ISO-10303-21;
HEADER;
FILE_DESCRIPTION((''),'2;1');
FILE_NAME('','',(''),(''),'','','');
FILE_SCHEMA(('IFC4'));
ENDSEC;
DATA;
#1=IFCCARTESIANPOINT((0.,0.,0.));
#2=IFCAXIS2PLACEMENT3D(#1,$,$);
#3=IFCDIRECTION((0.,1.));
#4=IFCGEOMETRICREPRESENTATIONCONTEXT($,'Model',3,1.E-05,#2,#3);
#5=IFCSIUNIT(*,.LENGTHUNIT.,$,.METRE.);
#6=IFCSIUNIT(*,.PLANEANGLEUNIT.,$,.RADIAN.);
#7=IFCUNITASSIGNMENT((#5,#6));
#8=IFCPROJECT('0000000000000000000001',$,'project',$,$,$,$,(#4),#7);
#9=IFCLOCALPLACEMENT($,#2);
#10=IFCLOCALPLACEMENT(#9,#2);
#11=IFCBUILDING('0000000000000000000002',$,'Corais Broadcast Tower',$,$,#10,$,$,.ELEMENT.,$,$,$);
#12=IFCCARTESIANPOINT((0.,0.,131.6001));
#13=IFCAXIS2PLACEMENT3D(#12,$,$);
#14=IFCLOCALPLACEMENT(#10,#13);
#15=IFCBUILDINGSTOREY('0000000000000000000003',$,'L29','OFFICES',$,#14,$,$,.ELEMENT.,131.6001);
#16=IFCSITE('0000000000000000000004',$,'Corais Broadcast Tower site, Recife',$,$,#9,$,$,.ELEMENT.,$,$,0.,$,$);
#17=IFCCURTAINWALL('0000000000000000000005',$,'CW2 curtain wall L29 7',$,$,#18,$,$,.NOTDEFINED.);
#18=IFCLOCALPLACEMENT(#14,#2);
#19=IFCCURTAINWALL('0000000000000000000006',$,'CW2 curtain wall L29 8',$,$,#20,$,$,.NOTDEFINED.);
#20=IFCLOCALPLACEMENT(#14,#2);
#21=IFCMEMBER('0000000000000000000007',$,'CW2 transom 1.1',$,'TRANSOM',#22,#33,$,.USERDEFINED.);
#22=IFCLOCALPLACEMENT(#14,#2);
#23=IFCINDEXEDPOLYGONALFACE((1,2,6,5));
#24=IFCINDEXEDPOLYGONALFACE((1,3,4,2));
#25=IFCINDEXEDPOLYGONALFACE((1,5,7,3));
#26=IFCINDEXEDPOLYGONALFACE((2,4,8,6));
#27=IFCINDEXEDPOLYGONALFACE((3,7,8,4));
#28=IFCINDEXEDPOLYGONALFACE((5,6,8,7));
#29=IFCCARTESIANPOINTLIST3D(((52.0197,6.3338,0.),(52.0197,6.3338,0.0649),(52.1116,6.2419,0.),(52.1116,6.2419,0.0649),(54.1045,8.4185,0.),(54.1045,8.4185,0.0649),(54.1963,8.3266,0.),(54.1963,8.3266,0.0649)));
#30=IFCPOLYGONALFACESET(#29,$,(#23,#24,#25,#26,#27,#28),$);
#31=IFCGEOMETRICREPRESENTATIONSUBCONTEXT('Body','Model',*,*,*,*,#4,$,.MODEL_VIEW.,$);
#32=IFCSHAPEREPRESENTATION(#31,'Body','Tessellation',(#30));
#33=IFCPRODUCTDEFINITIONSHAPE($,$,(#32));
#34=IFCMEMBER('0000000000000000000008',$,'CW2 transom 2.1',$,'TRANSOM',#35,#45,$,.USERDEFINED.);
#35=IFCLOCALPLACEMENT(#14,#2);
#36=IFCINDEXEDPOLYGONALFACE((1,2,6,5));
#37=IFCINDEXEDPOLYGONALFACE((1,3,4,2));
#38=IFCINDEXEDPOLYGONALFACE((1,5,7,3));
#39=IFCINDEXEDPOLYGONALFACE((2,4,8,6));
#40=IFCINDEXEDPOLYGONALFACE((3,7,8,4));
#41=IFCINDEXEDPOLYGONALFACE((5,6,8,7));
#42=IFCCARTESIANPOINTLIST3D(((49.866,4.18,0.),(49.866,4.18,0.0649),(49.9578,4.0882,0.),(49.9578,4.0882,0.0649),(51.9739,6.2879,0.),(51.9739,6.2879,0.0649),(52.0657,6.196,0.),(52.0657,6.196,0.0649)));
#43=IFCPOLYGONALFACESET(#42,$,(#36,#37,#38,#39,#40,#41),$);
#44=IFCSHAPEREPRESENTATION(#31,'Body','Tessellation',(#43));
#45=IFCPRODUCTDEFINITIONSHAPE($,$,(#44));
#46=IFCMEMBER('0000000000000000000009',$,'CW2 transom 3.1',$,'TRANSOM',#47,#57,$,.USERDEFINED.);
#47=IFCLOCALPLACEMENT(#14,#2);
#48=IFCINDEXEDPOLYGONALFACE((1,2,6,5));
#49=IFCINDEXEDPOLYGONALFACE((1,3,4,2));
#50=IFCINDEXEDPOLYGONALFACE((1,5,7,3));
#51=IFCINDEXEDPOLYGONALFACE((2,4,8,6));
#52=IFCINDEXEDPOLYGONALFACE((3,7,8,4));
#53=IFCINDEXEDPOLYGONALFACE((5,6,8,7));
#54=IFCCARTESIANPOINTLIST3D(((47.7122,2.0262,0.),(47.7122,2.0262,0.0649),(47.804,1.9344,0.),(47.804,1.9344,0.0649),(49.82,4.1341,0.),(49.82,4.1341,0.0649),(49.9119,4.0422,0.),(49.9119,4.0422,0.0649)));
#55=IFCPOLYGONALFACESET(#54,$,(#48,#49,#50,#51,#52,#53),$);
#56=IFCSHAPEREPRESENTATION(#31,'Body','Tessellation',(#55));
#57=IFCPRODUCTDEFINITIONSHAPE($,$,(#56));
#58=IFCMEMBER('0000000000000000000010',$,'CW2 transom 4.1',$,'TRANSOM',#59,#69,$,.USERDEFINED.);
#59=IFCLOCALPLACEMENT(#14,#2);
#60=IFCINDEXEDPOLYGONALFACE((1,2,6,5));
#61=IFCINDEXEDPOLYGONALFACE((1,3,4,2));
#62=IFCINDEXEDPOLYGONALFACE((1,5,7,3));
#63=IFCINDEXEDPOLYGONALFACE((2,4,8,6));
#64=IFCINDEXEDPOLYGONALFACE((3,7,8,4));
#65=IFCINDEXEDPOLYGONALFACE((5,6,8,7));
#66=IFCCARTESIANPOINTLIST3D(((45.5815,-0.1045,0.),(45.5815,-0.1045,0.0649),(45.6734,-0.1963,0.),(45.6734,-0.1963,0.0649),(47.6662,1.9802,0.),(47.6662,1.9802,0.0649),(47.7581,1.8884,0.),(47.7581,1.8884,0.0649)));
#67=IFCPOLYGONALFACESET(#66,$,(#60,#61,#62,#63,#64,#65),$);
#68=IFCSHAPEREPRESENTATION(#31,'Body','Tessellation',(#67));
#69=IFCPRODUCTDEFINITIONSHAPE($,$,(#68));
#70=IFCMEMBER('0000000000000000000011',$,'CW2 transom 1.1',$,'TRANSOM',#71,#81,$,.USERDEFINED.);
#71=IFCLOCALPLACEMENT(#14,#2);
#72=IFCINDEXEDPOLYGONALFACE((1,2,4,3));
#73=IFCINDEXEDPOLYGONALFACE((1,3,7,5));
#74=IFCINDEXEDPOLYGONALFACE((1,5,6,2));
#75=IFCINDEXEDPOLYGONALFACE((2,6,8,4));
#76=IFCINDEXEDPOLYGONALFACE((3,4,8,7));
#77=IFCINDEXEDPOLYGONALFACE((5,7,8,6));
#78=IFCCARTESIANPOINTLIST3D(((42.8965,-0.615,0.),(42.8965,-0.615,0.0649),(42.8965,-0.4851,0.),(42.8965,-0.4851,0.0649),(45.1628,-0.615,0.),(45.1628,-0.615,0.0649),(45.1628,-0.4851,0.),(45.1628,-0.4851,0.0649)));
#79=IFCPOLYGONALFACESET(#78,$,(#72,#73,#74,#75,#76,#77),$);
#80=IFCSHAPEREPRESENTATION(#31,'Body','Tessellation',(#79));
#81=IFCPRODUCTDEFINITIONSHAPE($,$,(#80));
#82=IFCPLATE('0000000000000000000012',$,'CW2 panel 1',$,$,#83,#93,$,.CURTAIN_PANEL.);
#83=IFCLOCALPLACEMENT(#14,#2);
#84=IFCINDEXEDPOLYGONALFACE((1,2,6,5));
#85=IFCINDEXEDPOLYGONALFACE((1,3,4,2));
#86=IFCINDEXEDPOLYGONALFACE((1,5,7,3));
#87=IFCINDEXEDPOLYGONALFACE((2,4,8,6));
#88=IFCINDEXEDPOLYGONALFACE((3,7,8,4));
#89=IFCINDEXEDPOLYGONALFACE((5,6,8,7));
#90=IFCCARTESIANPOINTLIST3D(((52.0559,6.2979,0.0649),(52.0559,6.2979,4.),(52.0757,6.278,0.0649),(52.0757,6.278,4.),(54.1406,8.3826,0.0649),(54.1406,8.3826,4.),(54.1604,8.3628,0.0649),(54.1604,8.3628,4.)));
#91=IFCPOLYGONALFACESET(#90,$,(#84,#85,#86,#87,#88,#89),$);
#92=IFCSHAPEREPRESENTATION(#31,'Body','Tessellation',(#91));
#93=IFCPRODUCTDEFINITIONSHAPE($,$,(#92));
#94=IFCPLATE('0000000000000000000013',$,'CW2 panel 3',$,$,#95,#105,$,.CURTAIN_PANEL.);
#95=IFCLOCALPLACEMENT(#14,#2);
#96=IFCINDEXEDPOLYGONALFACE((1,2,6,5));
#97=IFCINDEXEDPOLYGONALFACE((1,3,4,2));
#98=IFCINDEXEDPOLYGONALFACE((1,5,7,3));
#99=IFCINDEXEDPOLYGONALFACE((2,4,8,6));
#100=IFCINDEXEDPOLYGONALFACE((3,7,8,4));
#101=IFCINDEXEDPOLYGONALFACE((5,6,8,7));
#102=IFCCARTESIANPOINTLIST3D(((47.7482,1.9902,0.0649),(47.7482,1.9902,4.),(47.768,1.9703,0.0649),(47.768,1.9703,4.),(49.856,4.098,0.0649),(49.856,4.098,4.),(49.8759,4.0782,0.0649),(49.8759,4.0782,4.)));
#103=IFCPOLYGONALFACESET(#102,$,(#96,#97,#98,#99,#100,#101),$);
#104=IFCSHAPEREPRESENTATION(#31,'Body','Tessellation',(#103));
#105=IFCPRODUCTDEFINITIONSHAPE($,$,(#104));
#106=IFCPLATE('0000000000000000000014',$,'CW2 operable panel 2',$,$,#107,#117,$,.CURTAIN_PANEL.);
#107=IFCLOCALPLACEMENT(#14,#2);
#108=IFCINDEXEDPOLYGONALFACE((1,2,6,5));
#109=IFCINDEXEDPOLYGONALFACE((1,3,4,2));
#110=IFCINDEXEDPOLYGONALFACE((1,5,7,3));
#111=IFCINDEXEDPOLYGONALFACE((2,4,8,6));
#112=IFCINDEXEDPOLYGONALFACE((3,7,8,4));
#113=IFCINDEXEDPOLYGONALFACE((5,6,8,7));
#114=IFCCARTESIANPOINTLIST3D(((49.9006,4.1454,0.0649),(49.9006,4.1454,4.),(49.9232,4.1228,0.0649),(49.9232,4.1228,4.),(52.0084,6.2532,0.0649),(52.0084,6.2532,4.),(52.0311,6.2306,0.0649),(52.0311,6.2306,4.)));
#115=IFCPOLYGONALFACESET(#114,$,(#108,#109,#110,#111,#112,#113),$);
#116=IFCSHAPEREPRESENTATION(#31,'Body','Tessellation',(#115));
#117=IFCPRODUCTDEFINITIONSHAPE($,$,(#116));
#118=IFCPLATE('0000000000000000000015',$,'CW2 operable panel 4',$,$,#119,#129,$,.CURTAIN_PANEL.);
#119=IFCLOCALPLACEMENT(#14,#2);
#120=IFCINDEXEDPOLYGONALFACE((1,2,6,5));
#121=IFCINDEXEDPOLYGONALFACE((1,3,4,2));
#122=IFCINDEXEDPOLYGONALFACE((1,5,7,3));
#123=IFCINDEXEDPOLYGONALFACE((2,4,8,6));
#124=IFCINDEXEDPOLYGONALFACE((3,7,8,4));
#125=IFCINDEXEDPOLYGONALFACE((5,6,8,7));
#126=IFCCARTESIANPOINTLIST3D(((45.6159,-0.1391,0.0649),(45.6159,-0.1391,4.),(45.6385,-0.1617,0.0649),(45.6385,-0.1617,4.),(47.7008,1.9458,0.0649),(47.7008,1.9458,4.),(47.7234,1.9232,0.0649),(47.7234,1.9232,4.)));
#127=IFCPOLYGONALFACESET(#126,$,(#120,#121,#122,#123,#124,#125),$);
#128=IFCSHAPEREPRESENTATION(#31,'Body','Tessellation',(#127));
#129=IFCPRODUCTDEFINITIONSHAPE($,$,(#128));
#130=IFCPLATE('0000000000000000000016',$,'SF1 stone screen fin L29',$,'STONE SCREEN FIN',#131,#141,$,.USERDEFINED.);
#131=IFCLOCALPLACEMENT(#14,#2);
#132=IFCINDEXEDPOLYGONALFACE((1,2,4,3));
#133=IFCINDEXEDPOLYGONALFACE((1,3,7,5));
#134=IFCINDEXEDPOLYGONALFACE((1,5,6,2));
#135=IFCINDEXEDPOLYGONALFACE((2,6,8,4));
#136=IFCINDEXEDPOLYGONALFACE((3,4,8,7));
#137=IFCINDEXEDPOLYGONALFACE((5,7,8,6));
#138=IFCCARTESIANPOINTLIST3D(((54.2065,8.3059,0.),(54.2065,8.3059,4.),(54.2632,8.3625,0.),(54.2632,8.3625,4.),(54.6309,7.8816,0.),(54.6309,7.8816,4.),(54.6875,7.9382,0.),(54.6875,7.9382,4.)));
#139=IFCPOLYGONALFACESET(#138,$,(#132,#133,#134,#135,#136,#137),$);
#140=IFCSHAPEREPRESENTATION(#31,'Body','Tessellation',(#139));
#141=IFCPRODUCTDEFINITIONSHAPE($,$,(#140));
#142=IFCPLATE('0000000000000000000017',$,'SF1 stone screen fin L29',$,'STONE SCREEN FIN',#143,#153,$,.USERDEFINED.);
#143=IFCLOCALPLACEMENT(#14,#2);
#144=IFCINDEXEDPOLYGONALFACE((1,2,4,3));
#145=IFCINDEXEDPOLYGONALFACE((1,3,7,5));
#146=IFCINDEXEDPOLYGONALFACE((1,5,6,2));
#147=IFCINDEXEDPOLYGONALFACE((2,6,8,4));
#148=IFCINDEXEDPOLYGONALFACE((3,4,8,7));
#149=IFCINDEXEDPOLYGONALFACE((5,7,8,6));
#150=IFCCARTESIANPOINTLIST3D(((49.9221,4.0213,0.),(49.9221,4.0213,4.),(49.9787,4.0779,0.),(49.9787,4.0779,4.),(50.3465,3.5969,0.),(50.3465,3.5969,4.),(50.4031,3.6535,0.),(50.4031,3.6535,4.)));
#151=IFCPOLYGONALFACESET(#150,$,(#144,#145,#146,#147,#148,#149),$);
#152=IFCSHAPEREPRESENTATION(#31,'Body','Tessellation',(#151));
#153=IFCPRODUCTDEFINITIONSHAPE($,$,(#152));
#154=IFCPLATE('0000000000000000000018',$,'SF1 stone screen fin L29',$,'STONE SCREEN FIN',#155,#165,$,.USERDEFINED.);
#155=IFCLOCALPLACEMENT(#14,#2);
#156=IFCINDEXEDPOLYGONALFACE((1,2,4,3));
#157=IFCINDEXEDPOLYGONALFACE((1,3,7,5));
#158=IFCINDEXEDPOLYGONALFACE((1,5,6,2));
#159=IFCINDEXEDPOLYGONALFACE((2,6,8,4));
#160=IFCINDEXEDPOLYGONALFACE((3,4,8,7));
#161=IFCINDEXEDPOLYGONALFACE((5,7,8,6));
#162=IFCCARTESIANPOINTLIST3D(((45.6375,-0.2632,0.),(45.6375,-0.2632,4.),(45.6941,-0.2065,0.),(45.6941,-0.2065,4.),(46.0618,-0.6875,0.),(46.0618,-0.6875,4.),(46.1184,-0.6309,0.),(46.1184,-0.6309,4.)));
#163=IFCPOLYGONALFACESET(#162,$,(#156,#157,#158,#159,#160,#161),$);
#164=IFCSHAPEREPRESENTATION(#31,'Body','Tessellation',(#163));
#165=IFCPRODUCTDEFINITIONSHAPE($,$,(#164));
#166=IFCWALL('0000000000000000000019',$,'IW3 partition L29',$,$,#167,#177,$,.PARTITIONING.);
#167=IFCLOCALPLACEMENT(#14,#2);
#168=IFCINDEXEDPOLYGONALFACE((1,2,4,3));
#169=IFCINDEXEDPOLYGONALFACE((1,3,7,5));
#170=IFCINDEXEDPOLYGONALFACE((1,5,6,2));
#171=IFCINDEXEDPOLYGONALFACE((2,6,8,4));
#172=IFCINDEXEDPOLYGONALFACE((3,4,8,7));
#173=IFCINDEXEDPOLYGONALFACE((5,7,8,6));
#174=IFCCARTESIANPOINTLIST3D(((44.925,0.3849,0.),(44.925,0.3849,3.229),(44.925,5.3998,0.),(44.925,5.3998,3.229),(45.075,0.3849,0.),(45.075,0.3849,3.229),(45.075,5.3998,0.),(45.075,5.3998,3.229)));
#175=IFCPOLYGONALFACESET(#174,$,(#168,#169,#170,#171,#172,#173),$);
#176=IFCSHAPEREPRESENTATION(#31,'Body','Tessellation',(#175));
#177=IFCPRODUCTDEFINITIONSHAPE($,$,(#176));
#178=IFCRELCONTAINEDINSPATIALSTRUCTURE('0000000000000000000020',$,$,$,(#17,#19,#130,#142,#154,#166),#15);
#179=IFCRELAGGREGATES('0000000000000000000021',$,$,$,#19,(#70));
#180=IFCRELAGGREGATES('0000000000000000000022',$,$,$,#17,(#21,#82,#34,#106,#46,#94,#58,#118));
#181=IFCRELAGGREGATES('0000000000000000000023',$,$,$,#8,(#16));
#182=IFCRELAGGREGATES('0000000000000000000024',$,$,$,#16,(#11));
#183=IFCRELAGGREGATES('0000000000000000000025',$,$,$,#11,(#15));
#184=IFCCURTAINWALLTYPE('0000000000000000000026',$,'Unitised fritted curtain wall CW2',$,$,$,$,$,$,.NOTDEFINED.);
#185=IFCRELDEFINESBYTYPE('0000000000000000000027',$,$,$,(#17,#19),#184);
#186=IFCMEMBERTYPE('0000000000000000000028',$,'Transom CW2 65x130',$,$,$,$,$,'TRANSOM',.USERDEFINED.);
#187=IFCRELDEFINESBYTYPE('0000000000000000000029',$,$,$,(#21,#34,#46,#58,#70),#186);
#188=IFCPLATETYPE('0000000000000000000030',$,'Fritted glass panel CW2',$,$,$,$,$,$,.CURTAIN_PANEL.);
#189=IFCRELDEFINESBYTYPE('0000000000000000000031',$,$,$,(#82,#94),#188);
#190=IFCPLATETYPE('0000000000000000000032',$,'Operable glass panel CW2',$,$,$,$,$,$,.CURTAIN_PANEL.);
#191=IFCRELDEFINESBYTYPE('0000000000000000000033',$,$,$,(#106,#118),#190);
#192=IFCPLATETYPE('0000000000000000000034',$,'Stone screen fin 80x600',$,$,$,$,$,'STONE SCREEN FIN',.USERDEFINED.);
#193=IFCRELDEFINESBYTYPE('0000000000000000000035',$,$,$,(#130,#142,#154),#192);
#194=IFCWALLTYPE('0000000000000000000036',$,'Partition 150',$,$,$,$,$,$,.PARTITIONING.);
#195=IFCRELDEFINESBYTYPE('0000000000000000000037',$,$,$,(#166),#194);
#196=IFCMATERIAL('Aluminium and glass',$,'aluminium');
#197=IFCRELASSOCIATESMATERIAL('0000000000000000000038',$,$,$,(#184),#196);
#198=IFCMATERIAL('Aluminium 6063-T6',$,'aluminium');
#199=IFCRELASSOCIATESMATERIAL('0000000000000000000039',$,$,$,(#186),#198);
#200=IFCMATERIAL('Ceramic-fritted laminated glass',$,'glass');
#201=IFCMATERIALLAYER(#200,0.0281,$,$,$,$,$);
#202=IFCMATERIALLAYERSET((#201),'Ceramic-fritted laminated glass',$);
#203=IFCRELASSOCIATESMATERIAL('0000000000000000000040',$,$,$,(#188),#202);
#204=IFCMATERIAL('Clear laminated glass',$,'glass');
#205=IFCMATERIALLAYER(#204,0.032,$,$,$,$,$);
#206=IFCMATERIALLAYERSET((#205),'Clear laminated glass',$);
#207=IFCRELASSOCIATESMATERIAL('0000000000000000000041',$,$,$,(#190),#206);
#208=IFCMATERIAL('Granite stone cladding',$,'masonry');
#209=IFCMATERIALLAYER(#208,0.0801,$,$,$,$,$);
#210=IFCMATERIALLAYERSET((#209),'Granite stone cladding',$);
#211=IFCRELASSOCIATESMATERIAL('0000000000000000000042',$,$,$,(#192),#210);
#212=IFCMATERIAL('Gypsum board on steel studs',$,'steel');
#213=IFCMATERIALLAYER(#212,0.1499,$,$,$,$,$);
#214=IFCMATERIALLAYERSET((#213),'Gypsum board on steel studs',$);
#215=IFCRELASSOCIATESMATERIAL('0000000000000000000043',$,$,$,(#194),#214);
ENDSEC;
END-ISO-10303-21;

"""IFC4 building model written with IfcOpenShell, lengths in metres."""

from ifc_helpers import new_model, si_unit, direction, frame, frame_2d, origin, origin_2d, place, context, subcontext, project, spatial, rectangle, extrude, material, layer, layer_set, material_profile, profile_set, type_object, element, aggregate, save


model = new_model("IFC4")

# Units and contexts
model_context = context("Model", 3, precision=1e-05, world=origin(), true_north=direction((0.0, 1.0)))
body_context = subcontext(model_context, "Body", "Model", "MODEL_VIEW")
ifc_project = project(units=[si_unit("LENGTHUNIT", "METRE"), si_unit("PLANEANGLEUNIT", "RADIAN")], contexts=[model_context])

# Site, building, storey
site_placement = place(None, origin())
site = spatial("IfcSite", under=ifc_project, at=site_placement, Name="Corais Broadcast Tower site, Recife", CompositionType="ELEMENT", RefElevation=0.0)
building_placement = place(site_placement, origin())
building = spatial("IfcBuilding", under=site, at=building_placement, Name="Corais Broadcast Tower", CompositionType="ELEMENT")
storey_placement = place(building_placement, frame((0.0, 0.0, 131.6001)))
storey = spatial("IfcBuildingStorey", under=building, at=storey_placement, Name="L29", Description="OFFICES", CompositionType="ELEMENT", Elevation=131.6001)

# Shared definitions
ifc_material_1 = material(Name="Aluminium and glass", Category="aluminium")
curtain_wall_type = type_object("IfcCurtainWallType", Name="Unitised fritted curtain wall CW2", PredefinedType="NOTDEFINED", material=ifc_material_1)

# Curtain wall
curtain_wall_1_placement = place(storey_placement, origin())
curtain_wall_1 = element("IfcCurtainWall", 1, at=curtain_wall_1_placement, inside=storey, type_object=curtain_wall_type, Name="CW2 curtain wall L29 7", PredefinedType="NOTDEFINED")

# Curtain wall
curtain_wall_2_placement = place(storey_placement, origin())
curtain_wall_2 = element("IfcCurtainWall", 2, at=curtain_wall_2_placement, inside=storey, type_object=curtain_wall_type, Name="CW2 curtain wall L29 8", PredefinedType="NOTDEFINED")

# Members
ifc_material_2 = material(Name="Aluminium 6063-T6", Category="aluminium")
ifc_material_profile_1 = material_profile(ifc_material_2, rectangle(XDim=0.1299, YDim=0.0649, at=origin_2d()), Name="Transom CW2 65x130")
ifc_profile_set_1 = profile_set([ifc_material_profile_1], Name="Aluminium 6063-T6")
member_type_1 = type_object("IfcMemberType", Name="Transom CW2 65x130", ElementType="TRANSOM", PredefinedType="USERDEFINED", material=ifc_profile_set_1)
member_1_placement = place(storey_placement, frame((54.1504, 8.3726, 0.0325), z_axis=(-0.707107, -0.707107, 0.0), x_axis=(0.707107, -0.707107, 0.0)))
member_1 = element("IfcMember", 3, at=member_1_placement, type_object=member_type_1, Name="CW2 transom 1.1", ObjectType="TRANSOM", PredefinedType="USERDEFINED", context=body_context, shape_type="SweptSolid", body=[
    extrude(rectangle(XDim=0.1299, YDim=0.0649, at=origin_2d()), origin(), (0.0, 0.0, 1.0), 2.9482),
])
member_2_placement = place(storey_placement, frame((52.0198, 6.2419, 0.0325), z_axis=(-0.707107, -0.707107, 0.0), x_axis=(0.707107, -0.707107, 0.0)))
member_2 = element("IfcMember", 4, at=member_2_placement, type_object=member_type_1, Name="CW2 transom 2.1", ObjectType="TRANSOM", PredefinedType="USERDEFINED", context=body_context, shape_type="SweptSolid", body=[
    extrude(rectangle(XDim=0.1299, YDim=0.0649, at=origin_2d()), origin(), (0.0, 0.0, 1.0), 2.981),
])
member_3_placement = place(storey_placement, frame((49.866, 4.0881, 0.0325), z_axis=(-0.707107, -0.707107, 0.0), x_axis=(0.707107, -0.707107, 0.0)))
member_3 = element("IfcMember", 5, at=member_3_placement, type_object=member_type_1, Name="CW2 transom 3.1", ObjectType="TRANSOM", PredefinedType="USERDEFINED", context=body_context, shape_type="SweptSolid", body=[
    extrude(rectangle(XDim=0.1299, YDim=0.0649, at=origin_2d()), origin(), (0.0, 0.0, 1.0), 2.981),
])
member_4_placement = place(storey_placement, frame((47.7122, 1.9343, 0.0325), z_axis=(-0.707107, -0.707107, 0.0), x_axis=(0.707107, -0.707107, 0.0)))
member_4 = element("IfcMember", 6, at=member_4_placement, type_object=member_type_1, Name="CW2 transom 4.1", ObjectType="TRANSOM", PredefinedType="USERDEFINED", context=body_context, shape_type="SweptSolid", body=[
    extrude(rectangle(XDim=0.1299, YDim=0.0649, at=origin_2d()), origin(), (0.0, 0.0, 1.0), 2.9482),
])
member_5_placement = place(storey_placement, frame((45.1628, -0.55, 0.0325), z_axis=(-1.0, 0.0, 0.0), x_axis=(0.0, -1.0, 0.0)))
member_5 = element("IfcMember", 7, at=member_5_placement, type_object=member_type_1, Name="CW2 transom 1.1", ObjectType="TRANSOM", PredefinedType="USERDEFINED", context=body_context, shape_type="SweptSolid", body=[
    extrude(rectangle(XDim=0.1299, YDim=0.0649, at=origin_2d()), origin(), (0.0, 0.0, 1.0), 2.2664),
])
aggregate(curtain_wall_2, [member_5])

# Plates
ifc_material_3 = material(Name="Ceramic-fritted laminated glass", Category="glass")
ifc_layer_1 = layer(ifc_material_3, 0.0281)
ifc_layer_set_1 = layer_set([ifc_layer_1], Name="Ceramic-fritted laminated glass")
plate_type_1 = type_object("IfcPlateType", Name="Fritted glass panel CW2", PredefinedType="CURTAIN_PANEL", material=ifc_layer_set_1)
plate_1_placement = place(storey_placement, frame((53.1082, 7.3303, 0.0649), z_axis=(0.0, 0.0, 1.0), x_axis=(-0.707107, -0.707107, 0.0)))
plate_1 = element("IfcPlate", 8, at=plate_1_placement, type_object=plate_type_1, Name="CW2 panel 1", PredefinedType="CURTAIN_PANEL", context=body_context, shape_type="SweptSolid", body=[
    extrude(rectangle(XDim=2.9482, YDim=0.0281, at=origin_2d()), origin(), (0.0, 0.0, 1.0), 3.9351),
])
plate_2_placement = place(storey_placement, frame((48.812, 3.0342, 0.0649), z_axis=(0.0, 0.0, 1.0), x_axis=(-0.707107, -0.707107, 0.0)))
plate_2 = element("IfcPlate", 9, at=plate_2_placement, type_object=plate_type_1, Name="CW2 panel 3", PredefinedType="CURTAIN_PANEL", context=body_context, shape_type="SweptSolid", body=[
    extrude(rectangle(XDim=2.981, YDim=0.0281, at=origin_2d()), origin(), (0.0, 0.0, 1.0), 3.9351),
])
ifc_material_4 = material(Name="Clear laminated glass", Category="glass")
ifc_layer_2 = layer(ifc_material_4, 0.032)
ifc_layer_set_2 = layer_set([ifc_layer_2], Name="Clear laminated glass")
plate_type_2 = type_object("IfcPlateType", Name="Operable glass panel CW2", PredefinedType="CURTAIN_PANEL", material=ifc_layer_set_2)
plate_3_placement = place(storey_placement, frame((50.9658, 5.188, 0.0649), z_axis=(0.0, 0.0, 1.0), x_axis=(-0.707107, -0.707107, 0.0)))
plate_3 = element("IfcPlate", 10, at=plate_3_placement, type_object=plate_type_2, Name="CW2 operable panel 2", PredefinedType="CURTAIN_PANEL", context=body_context, shape_type="SweptSolid", body=[
    extrude(rectangle(XDim=2.981, YDim=0.032, at=origin_2d()), origin(), (0.0, 0.0, 1.0), 3.9351),
])
plate_4_placement = place(storey_placement, frame((46.6697, 0.8921, 0.0649), z_axis=(0.0, 0.0, 1.0), x_axis=(-0.707107, -0.707107, 0.0)))
plate_4 = element("IfcPlate", 11, at=plate_4_placement, type_object=plate_type_2, Name="CW2 operable panel 4", PredefinedType="CURTAIN_PANEL", context=body_context, shape_type="SweptSolid", body=[
    extrude(rectangle(XDim=2.9485, YDim=0.032, at=origin_2d()), origin(), (0.0, 0.0, 1.0), 3.9351),
])
aggregate(curtain_wall_1, [member_1, plate_1, member_2, plate_3, member_3, plate_2, member_4, plate_4])

# Plates
ifc_material_5 = material(Name="Granite stone cladding", Category="masonry")
ifc_layer_3 = layer(ifc_material_5, 0.0801)
ifc_layer_set_3 = layer_set([ifc_layer_3], Name="Granite stone cladding")
plate_type_3 = type_object("IfcPlateType", Name="Stone screen fin 80x600", ElementType="STONE SCREEN FIN", PredefinedType="USERDEFINED", material=ifc_layer_set_3)
for number, where, z_axis, x_axis, name in (
    (12, (54.447, 8.1221, 0.0), (0.0, 0.0, 1.0), (-0.707107, -0.707107, 0.0), "SF1 stone screen fin L29"),
    (13, (50.1626, 3.8374, 0.0), (0.0, 0.0, 1.0), (-0.707107, -0.707107, 0.0), "SF1 stone screen fin L29"),
    (14, (45.8779, -0.447, 0.0), (0.0, 0.0, 1.0), (-0.707107, -0.707107, 0.0), "SF1 stone screen fin L29"),
):
    element("IfcPlate", number, at=place(storey_placement, frame(where, z_axis=z_axis, x_axis=x_axis)), inside=storey, type_object=plate_type_3, Name=name, ObjectType="STONE SCREEN FIN", PredefinedType="USERDEFINED", context=body_context, shape_type="SweptSolid", body=[
        extrude(rectangle(XDim=0.0801, YDim=0.6001, at=origin_2d()), origin(), (0.0, 0.0, 1.0), 4.0),
    ])

# Wall
ifc_material_6 = material(Name="Gypsum board on steel studs", Category="steel")
ifc_layer_4 = layer(ifc_material_6, 0.1499)
ifc_layer_set_4 = layer_set([ifc_layer_4], Name="Gypsum board on steel studs")
wall_type = type_object("IfcWallType", Name="Partition 150", PredefinedType="PARTITIONING", material=ifc_layer_set_4)
wall_1_placement = place(storey_placement, frame((45.0, 0.385, 0.0), z_axis=(0.0, 0.0, 1.0), x_axis=(0.0, 1.0, 0.0)))
element("IfcWall", 15, at=wall_1_placement, inside=storey, type_object=wall_type, Name="IW3 partition L29", PredefinedType="PARTITIONING", context=body_context, shape_type="SweptSolid", body=[
    extrude(rectangle(XDim=5.0149, YDim=0.1499, at=frame_2d((2.5073, 0.0))), origin(), (0.0, 0.0, 1.0), 3.229),
])

save(model, "model.ifc")
